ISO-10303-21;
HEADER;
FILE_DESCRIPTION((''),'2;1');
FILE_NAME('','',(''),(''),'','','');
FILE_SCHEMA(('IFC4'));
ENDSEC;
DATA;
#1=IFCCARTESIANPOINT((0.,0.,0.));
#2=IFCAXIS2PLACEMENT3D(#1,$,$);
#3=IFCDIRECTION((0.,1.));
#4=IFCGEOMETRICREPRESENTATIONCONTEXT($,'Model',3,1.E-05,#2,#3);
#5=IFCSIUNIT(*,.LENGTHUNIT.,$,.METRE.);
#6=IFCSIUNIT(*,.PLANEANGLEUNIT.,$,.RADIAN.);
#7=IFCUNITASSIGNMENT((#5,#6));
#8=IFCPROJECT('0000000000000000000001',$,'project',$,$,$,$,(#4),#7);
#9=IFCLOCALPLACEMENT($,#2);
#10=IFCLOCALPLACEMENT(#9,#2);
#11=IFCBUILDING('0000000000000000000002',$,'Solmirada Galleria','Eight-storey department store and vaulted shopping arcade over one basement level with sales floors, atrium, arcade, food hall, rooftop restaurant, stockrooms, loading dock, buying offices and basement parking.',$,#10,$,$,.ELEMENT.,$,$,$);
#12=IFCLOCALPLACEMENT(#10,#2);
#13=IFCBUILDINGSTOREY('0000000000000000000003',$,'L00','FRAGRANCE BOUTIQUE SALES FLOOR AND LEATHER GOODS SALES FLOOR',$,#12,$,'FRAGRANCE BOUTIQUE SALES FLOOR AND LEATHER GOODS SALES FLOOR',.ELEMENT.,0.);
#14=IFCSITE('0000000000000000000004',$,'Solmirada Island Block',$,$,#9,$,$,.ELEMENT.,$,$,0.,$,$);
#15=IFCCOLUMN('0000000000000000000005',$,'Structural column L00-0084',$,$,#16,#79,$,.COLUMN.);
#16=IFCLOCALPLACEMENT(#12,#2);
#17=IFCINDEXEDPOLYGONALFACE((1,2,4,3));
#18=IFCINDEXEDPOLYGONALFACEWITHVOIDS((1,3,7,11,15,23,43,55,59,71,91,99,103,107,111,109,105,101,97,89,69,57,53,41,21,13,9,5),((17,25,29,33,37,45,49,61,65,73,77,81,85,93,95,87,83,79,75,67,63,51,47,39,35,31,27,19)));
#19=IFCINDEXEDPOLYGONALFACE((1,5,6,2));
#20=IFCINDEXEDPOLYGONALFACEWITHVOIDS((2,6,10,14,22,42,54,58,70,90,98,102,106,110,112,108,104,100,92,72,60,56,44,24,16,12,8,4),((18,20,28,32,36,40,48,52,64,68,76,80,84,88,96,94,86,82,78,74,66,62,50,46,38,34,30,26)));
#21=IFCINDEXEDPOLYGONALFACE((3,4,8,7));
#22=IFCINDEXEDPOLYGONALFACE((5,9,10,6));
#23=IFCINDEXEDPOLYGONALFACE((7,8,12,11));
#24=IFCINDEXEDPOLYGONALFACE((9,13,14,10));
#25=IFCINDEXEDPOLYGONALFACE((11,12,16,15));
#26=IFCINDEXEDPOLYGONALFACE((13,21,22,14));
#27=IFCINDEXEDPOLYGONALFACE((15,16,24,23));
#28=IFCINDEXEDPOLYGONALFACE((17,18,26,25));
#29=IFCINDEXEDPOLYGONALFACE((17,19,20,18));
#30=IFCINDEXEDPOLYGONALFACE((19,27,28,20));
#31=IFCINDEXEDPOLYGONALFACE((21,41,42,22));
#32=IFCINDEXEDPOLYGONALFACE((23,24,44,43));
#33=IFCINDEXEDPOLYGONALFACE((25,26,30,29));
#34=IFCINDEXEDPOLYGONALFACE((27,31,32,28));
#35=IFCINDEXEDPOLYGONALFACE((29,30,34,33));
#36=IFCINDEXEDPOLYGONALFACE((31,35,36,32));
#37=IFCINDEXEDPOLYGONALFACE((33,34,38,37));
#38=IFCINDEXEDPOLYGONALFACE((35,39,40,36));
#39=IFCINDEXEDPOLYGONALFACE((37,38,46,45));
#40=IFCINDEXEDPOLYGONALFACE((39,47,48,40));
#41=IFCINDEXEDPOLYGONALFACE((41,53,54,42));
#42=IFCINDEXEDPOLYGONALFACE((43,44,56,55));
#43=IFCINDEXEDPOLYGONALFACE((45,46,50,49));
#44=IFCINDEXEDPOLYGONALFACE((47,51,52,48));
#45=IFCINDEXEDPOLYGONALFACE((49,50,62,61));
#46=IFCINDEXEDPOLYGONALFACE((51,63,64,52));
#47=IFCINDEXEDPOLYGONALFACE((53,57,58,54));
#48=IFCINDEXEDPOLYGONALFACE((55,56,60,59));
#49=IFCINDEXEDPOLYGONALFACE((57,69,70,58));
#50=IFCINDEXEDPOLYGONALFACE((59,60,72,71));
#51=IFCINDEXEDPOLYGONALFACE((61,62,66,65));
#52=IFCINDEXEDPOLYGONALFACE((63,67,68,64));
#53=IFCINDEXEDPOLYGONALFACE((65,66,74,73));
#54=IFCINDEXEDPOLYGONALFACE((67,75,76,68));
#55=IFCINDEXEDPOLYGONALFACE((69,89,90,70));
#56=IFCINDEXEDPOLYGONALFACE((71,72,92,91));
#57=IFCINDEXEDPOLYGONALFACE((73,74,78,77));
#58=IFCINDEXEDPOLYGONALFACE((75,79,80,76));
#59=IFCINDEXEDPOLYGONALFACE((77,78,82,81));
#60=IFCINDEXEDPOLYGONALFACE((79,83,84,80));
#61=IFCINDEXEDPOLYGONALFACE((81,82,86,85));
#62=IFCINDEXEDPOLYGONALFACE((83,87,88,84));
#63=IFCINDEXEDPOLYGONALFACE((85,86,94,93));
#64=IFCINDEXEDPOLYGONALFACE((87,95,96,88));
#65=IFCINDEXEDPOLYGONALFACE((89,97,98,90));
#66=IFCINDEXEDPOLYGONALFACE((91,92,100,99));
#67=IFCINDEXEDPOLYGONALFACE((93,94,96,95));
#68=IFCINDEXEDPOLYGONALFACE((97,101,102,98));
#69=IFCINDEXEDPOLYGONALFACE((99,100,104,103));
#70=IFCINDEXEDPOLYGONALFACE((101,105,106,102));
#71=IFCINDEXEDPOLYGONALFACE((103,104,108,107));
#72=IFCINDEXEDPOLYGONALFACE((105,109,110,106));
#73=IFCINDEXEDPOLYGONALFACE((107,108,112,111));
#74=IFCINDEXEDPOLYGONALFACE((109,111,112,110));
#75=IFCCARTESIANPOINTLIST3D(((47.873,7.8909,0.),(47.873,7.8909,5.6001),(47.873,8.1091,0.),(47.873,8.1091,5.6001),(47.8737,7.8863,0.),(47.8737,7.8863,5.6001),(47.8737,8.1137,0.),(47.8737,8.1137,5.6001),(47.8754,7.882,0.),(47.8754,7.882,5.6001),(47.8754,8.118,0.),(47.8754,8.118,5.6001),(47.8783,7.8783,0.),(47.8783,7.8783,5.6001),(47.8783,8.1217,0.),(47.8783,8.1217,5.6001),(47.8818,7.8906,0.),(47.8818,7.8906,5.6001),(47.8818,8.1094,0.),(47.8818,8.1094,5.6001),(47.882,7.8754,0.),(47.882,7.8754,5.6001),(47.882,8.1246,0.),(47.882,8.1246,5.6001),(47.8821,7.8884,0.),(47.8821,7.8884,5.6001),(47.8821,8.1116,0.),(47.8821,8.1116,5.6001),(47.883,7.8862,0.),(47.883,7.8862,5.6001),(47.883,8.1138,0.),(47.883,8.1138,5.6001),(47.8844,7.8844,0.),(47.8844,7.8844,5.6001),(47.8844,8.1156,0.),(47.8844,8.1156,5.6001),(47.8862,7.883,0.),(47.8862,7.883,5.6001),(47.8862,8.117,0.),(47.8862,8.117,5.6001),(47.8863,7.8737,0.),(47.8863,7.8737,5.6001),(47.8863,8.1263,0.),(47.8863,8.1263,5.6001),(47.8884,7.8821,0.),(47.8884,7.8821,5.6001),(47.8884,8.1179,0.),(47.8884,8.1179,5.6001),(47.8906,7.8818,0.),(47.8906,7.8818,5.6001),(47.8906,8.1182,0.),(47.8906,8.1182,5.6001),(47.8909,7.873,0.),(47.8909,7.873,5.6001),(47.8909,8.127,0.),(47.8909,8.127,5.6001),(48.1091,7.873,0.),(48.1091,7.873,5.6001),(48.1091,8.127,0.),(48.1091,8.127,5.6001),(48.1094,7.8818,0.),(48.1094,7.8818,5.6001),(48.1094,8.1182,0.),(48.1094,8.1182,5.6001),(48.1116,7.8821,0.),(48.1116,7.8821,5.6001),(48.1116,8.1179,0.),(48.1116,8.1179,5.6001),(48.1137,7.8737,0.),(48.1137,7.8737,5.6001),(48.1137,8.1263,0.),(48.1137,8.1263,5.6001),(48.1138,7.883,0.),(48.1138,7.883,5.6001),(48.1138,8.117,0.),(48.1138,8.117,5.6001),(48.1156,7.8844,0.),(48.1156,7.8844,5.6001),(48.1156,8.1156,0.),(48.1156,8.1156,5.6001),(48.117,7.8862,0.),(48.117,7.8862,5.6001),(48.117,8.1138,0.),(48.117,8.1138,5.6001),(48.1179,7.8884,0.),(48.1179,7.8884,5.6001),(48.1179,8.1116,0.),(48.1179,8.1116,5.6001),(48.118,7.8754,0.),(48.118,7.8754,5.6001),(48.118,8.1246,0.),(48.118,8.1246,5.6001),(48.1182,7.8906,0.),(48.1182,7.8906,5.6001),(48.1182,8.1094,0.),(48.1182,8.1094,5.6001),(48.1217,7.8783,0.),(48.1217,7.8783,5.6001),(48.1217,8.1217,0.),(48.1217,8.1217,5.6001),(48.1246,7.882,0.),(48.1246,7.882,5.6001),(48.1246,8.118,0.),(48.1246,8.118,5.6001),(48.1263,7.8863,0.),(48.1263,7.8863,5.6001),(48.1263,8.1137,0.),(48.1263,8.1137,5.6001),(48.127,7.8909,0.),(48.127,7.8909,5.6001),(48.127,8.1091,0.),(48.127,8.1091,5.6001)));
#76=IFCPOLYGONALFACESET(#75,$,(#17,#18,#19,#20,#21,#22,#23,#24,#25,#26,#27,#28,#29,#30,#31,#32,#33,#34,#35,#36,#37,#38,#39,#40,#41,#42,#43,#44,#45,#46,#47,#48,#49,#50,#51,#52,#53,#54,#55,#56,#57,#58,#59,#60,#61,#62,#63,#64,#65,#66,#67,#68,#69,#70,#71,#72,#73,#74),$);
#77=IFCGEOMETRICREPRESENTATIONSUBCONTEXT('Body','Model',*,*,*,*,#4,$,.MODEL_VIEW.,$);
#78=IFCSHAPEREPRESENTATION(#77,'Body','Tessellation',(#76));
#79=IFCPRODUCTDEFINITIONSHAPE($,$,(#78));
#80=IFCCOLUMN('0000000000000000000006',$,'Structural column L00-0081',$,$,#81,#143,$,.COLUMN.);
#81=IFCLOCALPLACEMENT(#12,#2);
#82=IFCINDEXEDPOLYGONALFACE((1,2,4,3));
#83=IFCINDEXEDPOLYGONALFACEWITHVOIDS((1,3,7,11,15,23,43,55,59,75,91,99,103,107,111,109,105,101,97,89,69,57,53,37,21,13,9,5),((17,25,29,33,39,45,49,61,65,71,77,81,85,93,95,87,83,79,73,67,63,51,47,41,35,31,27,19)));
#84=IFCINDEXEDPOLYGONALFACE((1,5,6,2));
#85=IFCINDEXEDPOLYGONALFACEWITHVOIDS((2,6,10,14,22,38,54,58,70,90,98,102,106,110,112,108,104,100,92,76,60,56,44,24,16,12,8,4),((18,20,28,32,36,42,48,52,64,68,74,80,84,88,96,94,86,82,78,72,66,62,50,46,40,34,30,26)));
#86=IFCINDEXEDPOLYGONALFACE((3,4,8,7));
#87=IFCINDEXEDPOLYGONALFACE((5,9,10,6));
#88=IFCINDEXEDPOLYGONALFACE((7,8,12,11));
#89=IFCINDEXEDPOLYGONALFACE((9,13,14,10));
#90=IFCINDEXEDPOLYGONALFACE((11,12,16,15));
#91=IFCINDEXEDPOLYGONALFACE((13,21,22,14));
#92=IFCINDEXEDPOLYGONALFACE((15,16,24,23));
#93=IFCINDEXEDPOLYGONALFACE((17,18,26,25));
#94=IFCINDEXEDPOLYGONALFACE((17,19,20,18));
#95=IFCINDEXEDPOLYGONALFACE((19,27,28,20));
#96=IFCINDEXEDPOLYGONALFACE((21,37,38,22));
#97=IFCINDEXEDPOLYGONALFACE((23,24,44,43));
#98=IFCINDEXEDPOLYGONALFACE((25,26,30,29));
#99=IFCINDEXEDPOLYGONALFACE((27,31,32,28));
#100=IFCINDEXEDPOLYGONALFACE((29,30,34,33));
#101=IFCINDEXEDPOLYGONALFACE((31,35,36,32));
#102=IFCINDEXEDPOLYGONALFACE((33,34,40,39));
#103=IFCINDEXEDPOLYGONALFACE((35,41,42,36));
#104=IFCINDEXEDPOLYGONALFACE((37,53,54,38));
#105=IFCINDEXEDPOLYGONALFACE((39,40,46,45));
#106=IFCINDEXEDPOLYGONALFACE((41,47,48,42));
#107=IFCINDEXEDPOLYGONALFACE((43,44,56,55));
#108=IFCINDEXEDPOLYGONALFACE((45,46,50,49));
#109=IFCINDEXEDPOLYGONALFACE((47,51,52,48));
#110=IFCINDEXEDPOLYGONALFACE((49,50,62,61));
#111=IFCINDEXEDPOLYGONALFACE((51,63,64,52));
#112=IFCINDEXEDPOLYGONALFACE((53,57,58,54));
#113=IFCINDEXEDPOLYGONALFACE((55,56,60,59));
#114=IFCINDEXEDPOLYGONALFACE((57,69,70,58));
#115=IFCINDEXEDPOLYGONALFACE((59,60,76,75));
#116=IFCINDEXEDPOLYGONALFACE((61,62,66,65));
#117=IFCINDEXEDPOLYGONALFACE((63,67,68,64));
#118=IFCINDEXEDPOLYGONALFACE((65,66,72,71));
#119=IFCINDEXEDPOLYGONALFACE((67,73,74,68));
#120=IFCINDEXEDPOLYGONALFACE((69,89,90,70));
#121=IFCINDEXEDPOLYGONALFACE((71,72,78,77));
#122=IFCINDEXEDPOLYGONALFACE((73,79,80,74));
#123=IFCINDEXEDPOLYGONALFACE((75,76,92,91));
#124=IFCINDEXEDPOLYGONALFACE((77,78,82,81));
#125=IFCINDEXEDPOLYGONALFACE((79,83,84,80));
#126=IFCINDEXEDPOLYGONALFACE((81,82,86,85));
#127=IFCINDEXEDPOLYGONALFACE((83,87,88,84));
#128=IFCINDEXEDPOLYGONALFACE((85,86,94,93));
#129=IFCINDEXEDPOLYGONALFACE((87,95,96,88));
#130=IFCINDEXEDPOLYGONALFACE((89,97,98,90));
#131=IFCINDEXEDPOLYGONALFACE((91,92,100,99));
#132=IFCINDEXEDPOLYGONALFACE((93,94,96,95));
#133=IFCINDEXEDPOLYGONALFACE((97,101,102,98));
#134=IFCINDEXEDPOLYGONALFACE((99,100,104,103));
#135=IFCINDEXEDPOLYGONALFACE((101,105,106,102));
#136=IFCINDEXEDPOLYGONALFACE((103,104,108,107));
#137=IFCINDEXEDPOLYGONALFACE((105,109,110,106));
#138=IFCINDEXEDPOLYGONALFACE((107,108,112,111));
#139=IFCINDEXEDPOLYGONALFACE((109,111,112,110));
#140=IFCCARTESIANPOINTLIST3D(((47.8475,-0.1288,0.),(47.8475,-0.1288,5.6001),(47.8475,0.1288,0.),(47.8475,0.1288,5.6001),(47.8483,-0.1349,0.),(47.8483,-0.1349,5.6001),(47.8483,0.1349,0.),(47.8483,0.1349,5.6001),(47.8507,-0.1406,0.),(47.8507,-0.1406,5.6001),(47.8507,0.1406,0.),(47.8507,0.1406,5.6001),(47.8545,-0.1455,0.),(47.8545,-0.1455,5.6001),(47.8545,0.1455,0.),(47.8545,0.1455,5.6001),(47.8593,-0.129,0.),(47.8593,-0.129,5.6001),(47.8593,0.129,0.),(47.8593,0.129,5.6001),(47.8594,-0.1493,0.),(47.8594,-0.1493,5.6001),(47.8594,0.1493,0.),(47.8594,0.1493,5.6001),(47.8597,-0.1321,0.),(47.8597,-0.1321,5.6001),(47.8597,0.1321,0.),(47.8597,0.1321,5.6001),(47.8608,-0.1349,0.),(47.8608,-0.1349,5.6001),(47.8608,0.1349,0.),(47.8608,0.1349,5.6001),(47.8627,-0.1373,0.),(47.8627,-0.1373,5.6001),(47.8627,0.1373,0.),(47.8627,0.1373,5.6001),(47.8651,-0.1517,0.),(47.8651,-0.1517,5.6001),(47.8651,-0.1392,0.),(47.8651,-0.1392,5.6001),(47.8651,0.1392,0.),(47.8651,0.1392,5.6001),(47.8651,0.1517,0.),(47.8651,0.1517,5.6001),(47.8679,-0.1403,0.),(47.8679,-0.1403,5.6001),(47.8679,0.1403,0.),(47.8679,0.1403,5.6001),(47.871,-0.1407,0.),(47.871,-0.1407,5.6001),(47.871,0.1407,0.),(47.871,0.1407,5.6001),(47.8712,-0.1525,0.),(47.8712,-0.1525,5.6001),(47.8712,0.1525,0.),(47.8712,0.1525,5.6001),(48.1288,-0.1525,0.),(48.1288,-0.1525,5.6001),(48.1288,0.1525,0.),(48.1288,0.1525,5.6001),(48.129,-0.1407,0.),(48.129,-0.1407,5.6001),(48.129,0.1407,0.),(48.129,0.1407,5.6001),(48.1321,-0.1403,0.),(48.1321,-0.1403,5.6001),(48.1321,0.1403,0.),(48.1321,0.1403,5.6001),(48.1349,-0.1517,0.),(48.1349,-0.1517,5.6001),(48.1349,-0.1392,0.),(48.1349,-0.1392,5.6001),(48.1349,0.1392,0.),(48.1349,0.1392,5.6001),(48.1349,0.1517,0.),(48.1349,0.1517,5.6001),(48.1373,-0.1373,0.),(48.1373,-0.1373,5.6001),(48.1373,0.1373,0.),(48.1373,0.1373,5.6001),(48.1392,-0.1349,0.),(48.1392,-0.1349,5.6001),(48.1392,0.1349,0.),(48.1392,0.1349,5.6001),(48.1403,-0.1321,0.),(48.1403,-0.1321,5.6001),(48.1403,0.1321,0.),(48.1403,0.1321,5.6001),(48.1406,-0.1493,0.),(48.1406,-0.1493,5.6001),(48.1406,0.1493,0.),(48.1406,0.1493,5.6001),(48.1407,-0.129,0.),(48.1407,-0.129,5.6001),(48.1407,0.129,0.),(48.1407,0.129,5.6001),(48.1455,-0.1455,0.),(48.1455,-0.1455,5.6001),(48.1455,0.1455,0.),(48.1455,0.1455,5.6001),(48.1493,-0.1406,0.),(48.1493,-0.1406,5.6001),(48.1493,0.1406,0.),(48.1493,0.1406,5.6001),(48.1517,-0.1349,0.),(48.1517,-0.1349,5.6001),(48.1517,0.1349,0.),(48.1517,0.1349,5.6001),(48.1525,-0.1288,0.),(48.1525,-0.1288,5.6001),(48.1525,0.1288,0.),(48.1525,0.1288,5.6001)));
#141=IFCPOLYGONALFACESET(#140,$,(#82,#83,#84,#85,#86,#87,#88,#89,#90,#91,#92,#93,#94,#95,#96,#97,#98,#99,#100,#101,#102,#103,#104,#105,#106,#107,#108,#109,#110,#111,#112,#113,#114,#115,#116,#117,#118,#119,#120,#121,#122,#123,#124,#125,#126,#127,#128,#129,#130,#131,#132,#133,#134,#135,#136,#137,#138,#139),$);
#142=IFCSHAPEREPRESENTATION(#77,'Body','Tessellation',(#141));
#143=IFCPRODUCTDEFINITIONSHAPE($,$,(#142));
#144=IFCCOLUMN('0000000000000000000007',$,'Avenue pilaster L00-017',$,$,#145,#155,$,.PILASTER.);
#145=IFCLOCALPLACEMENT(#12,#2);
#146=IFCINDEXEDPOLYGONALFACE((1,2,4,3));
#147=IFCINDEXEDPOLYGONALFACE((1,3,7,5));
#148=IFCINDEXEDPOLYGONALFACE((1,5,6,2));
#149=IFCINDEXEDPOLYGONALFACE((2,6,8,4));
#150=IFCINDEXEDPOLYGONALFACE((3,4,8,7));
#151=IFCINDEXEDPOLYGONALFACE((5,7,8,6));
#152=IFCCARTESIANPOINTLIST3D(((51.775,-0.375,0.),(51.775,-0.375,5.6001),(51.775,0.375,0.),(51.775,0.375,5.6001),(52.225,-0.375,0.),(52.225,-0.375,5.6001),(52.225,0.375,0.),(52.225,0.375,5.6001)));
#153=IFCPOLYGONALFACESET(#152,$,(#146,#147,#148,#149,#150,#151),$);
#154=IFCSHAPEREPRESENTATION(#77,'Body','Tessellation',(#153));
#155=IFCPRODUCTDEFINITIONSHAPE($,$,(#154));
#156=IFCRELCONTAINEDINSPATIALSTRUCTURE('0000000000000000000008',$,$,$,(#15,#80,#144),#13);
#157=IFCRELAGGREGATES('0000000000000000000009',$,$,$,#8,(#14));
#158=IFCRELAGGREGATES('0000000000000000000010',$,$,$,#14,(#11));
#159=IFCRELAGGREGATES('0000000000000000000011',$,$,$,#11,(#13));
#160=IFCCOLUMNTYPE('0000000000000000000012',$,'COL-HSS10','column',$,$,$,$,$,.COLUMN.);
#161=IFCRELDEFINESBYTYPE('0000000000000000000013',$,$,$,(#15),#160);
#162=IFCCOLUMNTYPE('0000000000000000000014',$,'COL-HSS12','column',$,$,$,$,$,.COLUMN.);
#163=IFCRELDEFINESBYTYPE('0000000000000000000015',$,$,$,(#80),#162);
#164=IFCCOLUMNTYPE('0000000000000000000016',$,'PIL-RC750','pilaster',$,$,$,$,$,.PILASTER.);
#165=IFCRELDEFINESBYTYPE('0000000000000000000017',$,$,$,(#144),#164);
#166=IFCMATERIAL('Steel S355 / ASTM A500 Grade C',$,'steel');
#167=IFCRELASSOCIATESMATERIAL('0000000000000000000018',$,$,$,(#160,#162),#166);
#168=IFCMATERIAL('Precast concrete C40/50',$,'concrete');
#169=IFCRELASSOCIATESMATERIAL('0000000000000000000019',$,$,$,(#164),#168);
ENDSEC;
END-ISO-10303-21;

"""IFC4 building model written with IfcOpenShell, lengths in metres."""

from ifc_helpers import new_model, si_unit, direction, frame, origin, origin_2d, place, context, subcontext, project, spatial, rectangle, hollow_rectangle, extrude, material, material_profile, profile_set, type_object, element, save


model = new_model("IFC4")

# Units and contexts
model_context = context("Model", 3, precision=1e-05, world=origin(), true_north=direction((0.0, 1.0)))
body_context = subcontext(model_context, "Body", "Model", "MODEL_VIEW")
ifc_project = project(units=[si_unit("LENGTHUNIT", "METRE"), si_unit("PLANEANGLEUNIT", "RADIAN")], contexts=[model_context])

# Site, building, storey
site_placement = place(None, origin())
site = spatial("IfcSite", under=ifc_project, at=site_placement, Name="Solmirada Island Block", CompositionType="ELEMENT", RefElevation=0.0)
building_placement = place(site_placement, origin())
building = spatial("IfcBuilding", under=site, at=building_placement, Name="Solmirada Galleria", Description="Eight-storey department store and vaulted shopping arcade over one basement level with sales floors, atrium, arcade, food hall, rooftop restaurant, stockrooms, loading dock, buying offices and basement parking.", CompositionType="ELEMENT")
storey_placement = place(building_placement, origin())
storey = spatial("IfcBuildingStorey", under=building, at=storey_placement, Name="L00", Description="FRAGRANCE BOUTIQUE SALES FLOOR AND LEATHER GOODS SALES FLOOR", LongName="FRAGRANCE BOUTIQUE SALES FLOOR AND LEATHER GOODS SALES FLOOR", CompositionType="ELEMENT", Elevation=0.0)

# Columns
ifc_material_1 = material(Name="Steel S355 / ASTM A500 Grade C", Category="steel")
ifc_material_profile_1 = material_profile(ifc_material_1, hollow_rectangle(XDim=0.2539, YDim=0.2539, WallThickness=0.0088, InnerFilletRadius=0.0088, OuterFilletRadius=0.0178, at=origin_2d()), Name="HSS10X10X3/8")
ifc_profile_set_1 = profile_set([ifc_material_profile_1], Name="Steel S355 / ASTM A500 Grade C")
column_type_1 = type_object("IfcColumnType", Name="COL-HSS10", Description="column", PredefinedType="COLUMN", material=ifc_profile_set_1)
column_1_placement = place(storey_placement, frame((48.0, 8.0, 0.0), z_axis=(0.0, 0.0, 1.0), x_axis=(1.0, 0.0, 0.0)))
element("IfcColumn", 1, at=column_1_placement, inside=storey, type_object=column_type_1, Name="Structural column L00-0084", PredefinedType="COLUMN", context=body_context, shape_type="SweptSolid", body=[
    extrude(hollow_rectangle(XDim=0.2539, YDim=0.2539, WallThickness=0.0088, InnerFilletRadius=0.0088, OuterFilletRadius=0.0178, at=origin_2d()), origin(), (0.0, 0.0, 1.0), 5.6001),
])
ifc_material_profile_2 = material_profile(ifc_material_1, hollow_rectangle(XDim=0.3049, YDim=0.3049, WallThickness=0.0117, InnerFilletRadius=0.0117, OuterFilletRadius=0.0237, at=origin_2d()), Name="HSS12X12X1/2")
ifc_profile_set_2 = profile_set([ifc_material_profile_2], Name="Steel S355 / ASTM A500 Grade C")
column_type_2 = type_object("IfcColumnType", Name="COL-HSS12", Description="column", PredefinedType="COLUMN", material=ifc_profile_set_2)
column_2_placement = place(storey_placement, frame((48.0, 0.0, 0.0), z_axis=(0.0, 0.0, 1.0), x_axis=(1.0, 0.0, 0.0)))
element("IfcColumn", 2, at=column_2_placement, inside=storey, type_object=column_type_2, Name="Structural column L00-0081", PredefinedType="COLUMN", context=body_context, shape_type="SweptSolid", body=[
    extrude(hollow_rectangle(XDim=0.3049, YDim=0.3049, WallThickness=0.0117, InnerFilletRadius=0.0117, OuterFilletRadius=0.0237, at=origin_2d()), origin(), (0.0, 0.0, 1.0), 5.6001),
])
ifc_material_2 = material(Name="Precast concrete C40/50", Category="concrete")
ifc_material_profile_3 = material_profile(ifc_material_2, rectangle(XDim=0.45, YDim=0.75, at=origin_2d()), Name="RC750X450")
ifc_profile_set_3 = profile_set([ifc_material_profile_3], Name="Precast concrete C40/50")
column_type_3 = type_object("IfcColumnType", Name="PIL-RC750", Description="pilaster", PredefinedType="PILASTER", material=ifc_profile_set_3)
column_3_placement = place(storey_placement, frame((52.0, 0.0, 0.0), z_axis=(0.0, 0.0, 1.0), x_axis=(1.0, 0.0, 0.0)))
element("IfcColumn", 3, at=column_3_placement, inside=storey, type_object=column_type_3, Name="Avenue pilaster L00-017", PredefinedType="PILASTER", context=body_context, shape_type="SweptSolid", body=[
    extrude(rectangle(XDim=0.45, YDim=0.75, at=origin_2d()), origin(), (0.0, 0.0, 1.0), 5.6001),
])

save(model, "model.ifc")
